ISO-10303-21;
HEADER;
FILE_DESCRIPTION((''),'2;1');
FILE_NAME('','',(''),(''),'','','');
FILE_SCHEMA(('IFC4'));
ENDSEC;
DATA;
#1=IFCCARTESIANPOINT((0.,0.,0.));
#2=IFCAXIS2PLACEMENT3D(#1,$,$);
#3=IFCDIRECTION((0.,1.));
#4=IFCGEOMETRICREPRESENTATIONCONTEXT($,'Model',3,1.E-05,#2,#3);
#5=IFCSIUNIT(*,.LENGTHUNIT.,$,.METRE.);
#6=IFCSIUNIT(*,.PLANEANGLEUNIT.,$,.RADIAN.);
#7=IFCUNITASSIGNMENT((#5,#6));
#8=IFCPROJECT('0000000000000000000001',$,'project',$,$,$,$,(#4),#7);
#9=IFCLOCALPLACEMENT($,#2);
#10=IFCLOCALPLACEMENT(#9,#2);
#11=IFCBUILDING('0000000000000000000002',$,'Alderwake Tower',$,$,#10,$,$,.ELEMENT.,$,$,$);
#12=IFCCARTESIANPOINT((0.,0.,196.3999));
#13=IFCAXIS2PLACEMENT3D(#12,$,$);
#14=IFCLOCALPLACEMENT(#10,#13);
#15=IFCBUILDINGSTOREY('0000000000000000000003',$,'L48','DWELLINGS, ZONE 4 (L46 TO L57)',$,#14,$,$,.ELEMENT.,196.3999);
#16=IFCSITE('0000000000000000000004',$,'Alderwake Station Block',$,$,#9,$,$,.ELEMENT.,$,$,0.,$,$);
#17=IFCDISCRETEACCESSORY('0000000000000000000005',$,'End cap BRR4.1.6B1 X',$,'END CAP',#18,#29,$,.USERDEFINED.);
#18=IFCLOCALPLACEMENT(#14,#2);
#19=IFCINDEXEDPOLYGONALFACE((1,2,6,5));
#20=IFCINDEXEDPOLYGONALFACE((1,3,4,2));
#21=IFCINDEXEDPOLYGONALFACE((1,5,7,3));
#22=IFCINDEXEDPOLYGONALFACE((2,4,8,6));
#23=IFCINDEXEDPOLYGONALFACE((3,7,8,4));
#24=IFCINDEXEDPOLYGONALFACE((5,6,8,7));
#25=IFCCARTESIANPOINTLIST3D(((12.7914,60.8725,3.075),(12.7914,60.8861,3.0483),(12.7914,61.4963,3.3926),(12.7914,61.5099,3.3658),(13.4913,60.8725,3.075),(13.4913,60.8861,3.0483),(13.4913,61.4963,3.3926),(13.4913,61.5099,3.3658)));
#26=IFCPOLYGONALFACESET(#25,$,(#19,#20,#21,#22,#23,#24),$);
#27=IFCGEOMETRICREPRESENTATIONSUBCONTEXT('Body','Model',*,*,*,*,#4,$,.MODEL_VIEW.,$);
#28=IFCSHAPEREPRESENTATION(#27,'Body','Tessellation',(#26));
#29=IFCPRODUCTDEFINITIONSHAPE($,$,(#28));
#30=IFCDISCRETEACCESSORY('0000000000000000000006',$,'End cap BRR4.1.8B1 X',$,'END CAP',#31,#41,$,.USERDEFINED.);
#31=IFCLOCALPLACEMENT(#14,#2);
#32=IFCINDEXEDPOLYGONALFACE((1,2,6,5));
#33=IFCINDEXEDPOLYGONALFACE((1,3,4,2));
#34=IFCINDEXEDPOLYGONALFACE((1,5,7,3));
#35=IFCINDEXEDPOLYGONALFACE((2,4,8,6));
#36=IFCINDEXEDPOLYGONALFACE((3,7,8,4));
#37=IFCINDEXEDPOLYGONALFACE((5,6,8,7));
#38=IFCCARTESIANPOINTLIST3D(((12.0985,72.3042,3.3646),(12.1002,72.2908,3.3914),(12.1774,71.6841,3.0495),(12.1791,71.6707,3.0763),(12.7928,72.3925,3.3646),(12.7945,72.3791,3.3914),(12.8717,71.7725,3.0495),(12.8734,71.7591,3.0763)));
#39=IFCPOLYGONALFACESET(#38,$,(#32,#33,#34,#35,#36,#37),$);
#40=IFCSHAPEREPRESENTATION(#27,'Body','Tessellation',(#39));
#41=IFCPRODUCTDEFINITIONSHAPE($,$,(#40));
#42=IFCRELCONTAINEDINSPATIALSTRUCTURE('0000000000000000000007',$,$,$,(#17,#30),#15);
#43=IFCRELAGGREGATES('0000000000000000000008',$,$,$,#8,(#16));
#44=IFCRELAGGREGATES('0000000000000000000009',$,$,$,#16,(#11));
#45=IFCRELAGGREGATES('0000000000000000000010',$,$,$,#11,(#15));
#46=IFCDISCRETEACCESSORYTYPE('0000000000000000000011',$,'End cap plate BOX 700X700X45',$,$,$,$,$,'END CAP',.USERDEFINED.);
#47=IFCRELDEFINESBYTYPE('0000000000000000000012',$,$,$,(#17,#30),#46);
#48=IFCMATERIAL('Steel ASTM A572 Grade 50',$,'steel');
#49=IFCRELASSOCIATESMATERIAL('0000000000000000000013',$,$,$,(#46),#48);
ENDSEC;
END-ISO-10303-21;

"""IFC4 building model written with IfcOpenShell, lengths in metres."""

from ifc_helpers import new_model, si_unit, direction, frame, origin, origin_2d, place, context, subcontext, project, spatial, rectangle, extrude, material, material_profile, profile_set, type_object, element, save


model = new_model("IFC4")

# Units and contexts
model_context = context("Model", 3, precision=1e-05, world=origin(), true_north=direction((0.0, 1.0)))
body_context = subcontext(model_context, "Body", "Model", "MODEL_VIEW")
ifc_project = project(units=[si_unit("LENGTHUNIT", "METRE"), si_unit("PLANEANGLEUNIT", "RADIAN")], contexts=[model_context])

# Site, building, storey
site_placement = place(None, origin())
site = spatial("IfcSite", under=ifc_project, at=site_placement, Name="Alderwake Station Block", CompositionType="ELEMENT", RefElevation=0.0)
building_placement = place(site_placement, origin())
building = spatial("IfcBuilding", under=site, at=building_placement, Name="Alderwake Tower", CompositionType="ELEMENT")
storey_placement = place(building_placement, frame((0.0, 0.0, 196.3999)))
storey = spatial("IfcBuildingStorey", under=building, at=storey_placement, Name="L48", Description="DWELLINGS, ZONE 4 (L46 TO L57)", CompositionType="ELEMENT", Elevation=196.3999)

# Discrete accessories
ifc_material_1 = material(Name="Steel ASTM A572 Grade 50", Category="steel")
ifc_material_profile = material_profile(ifc_material_1, rectangle(XDim=0.7, YDim=0.7, at=origin_2d()), Name="BOX 700X700X45 cap")
ifc_profile_set = profile_set([ifc_material_profile], Name="Steel ASTM A572 Grade 50")
discrete_accessory_type = type_object("IfcDiscreteAccessoryType", Name="End cap plate BOX 700X700X45", ElementType="END CAP", PredefinedType="USERDEFINED", material=ifc_profile_set)
for number, where, z_axis, x_axis, name in (
    (1, (13.1414, 61.198, 3.207), (0.0, -0.453683, 0.891163), (1.0, 0.0, 0.0), "End cap BRR4.1.6B1 X"),
    (2, (12.4851, 72.0383, 3.207), (0.056826, -0.446491, 0.892982), (0.991998, 0.126254, 0.0), "End cap BRR4.1.8B1 X"),
):
    element("IfcDiscreteAccessory", number, at=place(storey_placement, frame(where, z_axis=z_axis, x_axis=x_axis)), inside=storey, type_object=discrete_accessory_type, Name=name, ObjectType="END CAP", PredefinedType="USERDEFINED", context=body_context, shape_type="SweptSolid", body=[
        extrude(rectangle(XDim=0.7, YDim=0.7, at=origin_2d()), origin(), (0.0, 0.0, 1.0), 0.03),
    ])

save(model, "model.ifc")
